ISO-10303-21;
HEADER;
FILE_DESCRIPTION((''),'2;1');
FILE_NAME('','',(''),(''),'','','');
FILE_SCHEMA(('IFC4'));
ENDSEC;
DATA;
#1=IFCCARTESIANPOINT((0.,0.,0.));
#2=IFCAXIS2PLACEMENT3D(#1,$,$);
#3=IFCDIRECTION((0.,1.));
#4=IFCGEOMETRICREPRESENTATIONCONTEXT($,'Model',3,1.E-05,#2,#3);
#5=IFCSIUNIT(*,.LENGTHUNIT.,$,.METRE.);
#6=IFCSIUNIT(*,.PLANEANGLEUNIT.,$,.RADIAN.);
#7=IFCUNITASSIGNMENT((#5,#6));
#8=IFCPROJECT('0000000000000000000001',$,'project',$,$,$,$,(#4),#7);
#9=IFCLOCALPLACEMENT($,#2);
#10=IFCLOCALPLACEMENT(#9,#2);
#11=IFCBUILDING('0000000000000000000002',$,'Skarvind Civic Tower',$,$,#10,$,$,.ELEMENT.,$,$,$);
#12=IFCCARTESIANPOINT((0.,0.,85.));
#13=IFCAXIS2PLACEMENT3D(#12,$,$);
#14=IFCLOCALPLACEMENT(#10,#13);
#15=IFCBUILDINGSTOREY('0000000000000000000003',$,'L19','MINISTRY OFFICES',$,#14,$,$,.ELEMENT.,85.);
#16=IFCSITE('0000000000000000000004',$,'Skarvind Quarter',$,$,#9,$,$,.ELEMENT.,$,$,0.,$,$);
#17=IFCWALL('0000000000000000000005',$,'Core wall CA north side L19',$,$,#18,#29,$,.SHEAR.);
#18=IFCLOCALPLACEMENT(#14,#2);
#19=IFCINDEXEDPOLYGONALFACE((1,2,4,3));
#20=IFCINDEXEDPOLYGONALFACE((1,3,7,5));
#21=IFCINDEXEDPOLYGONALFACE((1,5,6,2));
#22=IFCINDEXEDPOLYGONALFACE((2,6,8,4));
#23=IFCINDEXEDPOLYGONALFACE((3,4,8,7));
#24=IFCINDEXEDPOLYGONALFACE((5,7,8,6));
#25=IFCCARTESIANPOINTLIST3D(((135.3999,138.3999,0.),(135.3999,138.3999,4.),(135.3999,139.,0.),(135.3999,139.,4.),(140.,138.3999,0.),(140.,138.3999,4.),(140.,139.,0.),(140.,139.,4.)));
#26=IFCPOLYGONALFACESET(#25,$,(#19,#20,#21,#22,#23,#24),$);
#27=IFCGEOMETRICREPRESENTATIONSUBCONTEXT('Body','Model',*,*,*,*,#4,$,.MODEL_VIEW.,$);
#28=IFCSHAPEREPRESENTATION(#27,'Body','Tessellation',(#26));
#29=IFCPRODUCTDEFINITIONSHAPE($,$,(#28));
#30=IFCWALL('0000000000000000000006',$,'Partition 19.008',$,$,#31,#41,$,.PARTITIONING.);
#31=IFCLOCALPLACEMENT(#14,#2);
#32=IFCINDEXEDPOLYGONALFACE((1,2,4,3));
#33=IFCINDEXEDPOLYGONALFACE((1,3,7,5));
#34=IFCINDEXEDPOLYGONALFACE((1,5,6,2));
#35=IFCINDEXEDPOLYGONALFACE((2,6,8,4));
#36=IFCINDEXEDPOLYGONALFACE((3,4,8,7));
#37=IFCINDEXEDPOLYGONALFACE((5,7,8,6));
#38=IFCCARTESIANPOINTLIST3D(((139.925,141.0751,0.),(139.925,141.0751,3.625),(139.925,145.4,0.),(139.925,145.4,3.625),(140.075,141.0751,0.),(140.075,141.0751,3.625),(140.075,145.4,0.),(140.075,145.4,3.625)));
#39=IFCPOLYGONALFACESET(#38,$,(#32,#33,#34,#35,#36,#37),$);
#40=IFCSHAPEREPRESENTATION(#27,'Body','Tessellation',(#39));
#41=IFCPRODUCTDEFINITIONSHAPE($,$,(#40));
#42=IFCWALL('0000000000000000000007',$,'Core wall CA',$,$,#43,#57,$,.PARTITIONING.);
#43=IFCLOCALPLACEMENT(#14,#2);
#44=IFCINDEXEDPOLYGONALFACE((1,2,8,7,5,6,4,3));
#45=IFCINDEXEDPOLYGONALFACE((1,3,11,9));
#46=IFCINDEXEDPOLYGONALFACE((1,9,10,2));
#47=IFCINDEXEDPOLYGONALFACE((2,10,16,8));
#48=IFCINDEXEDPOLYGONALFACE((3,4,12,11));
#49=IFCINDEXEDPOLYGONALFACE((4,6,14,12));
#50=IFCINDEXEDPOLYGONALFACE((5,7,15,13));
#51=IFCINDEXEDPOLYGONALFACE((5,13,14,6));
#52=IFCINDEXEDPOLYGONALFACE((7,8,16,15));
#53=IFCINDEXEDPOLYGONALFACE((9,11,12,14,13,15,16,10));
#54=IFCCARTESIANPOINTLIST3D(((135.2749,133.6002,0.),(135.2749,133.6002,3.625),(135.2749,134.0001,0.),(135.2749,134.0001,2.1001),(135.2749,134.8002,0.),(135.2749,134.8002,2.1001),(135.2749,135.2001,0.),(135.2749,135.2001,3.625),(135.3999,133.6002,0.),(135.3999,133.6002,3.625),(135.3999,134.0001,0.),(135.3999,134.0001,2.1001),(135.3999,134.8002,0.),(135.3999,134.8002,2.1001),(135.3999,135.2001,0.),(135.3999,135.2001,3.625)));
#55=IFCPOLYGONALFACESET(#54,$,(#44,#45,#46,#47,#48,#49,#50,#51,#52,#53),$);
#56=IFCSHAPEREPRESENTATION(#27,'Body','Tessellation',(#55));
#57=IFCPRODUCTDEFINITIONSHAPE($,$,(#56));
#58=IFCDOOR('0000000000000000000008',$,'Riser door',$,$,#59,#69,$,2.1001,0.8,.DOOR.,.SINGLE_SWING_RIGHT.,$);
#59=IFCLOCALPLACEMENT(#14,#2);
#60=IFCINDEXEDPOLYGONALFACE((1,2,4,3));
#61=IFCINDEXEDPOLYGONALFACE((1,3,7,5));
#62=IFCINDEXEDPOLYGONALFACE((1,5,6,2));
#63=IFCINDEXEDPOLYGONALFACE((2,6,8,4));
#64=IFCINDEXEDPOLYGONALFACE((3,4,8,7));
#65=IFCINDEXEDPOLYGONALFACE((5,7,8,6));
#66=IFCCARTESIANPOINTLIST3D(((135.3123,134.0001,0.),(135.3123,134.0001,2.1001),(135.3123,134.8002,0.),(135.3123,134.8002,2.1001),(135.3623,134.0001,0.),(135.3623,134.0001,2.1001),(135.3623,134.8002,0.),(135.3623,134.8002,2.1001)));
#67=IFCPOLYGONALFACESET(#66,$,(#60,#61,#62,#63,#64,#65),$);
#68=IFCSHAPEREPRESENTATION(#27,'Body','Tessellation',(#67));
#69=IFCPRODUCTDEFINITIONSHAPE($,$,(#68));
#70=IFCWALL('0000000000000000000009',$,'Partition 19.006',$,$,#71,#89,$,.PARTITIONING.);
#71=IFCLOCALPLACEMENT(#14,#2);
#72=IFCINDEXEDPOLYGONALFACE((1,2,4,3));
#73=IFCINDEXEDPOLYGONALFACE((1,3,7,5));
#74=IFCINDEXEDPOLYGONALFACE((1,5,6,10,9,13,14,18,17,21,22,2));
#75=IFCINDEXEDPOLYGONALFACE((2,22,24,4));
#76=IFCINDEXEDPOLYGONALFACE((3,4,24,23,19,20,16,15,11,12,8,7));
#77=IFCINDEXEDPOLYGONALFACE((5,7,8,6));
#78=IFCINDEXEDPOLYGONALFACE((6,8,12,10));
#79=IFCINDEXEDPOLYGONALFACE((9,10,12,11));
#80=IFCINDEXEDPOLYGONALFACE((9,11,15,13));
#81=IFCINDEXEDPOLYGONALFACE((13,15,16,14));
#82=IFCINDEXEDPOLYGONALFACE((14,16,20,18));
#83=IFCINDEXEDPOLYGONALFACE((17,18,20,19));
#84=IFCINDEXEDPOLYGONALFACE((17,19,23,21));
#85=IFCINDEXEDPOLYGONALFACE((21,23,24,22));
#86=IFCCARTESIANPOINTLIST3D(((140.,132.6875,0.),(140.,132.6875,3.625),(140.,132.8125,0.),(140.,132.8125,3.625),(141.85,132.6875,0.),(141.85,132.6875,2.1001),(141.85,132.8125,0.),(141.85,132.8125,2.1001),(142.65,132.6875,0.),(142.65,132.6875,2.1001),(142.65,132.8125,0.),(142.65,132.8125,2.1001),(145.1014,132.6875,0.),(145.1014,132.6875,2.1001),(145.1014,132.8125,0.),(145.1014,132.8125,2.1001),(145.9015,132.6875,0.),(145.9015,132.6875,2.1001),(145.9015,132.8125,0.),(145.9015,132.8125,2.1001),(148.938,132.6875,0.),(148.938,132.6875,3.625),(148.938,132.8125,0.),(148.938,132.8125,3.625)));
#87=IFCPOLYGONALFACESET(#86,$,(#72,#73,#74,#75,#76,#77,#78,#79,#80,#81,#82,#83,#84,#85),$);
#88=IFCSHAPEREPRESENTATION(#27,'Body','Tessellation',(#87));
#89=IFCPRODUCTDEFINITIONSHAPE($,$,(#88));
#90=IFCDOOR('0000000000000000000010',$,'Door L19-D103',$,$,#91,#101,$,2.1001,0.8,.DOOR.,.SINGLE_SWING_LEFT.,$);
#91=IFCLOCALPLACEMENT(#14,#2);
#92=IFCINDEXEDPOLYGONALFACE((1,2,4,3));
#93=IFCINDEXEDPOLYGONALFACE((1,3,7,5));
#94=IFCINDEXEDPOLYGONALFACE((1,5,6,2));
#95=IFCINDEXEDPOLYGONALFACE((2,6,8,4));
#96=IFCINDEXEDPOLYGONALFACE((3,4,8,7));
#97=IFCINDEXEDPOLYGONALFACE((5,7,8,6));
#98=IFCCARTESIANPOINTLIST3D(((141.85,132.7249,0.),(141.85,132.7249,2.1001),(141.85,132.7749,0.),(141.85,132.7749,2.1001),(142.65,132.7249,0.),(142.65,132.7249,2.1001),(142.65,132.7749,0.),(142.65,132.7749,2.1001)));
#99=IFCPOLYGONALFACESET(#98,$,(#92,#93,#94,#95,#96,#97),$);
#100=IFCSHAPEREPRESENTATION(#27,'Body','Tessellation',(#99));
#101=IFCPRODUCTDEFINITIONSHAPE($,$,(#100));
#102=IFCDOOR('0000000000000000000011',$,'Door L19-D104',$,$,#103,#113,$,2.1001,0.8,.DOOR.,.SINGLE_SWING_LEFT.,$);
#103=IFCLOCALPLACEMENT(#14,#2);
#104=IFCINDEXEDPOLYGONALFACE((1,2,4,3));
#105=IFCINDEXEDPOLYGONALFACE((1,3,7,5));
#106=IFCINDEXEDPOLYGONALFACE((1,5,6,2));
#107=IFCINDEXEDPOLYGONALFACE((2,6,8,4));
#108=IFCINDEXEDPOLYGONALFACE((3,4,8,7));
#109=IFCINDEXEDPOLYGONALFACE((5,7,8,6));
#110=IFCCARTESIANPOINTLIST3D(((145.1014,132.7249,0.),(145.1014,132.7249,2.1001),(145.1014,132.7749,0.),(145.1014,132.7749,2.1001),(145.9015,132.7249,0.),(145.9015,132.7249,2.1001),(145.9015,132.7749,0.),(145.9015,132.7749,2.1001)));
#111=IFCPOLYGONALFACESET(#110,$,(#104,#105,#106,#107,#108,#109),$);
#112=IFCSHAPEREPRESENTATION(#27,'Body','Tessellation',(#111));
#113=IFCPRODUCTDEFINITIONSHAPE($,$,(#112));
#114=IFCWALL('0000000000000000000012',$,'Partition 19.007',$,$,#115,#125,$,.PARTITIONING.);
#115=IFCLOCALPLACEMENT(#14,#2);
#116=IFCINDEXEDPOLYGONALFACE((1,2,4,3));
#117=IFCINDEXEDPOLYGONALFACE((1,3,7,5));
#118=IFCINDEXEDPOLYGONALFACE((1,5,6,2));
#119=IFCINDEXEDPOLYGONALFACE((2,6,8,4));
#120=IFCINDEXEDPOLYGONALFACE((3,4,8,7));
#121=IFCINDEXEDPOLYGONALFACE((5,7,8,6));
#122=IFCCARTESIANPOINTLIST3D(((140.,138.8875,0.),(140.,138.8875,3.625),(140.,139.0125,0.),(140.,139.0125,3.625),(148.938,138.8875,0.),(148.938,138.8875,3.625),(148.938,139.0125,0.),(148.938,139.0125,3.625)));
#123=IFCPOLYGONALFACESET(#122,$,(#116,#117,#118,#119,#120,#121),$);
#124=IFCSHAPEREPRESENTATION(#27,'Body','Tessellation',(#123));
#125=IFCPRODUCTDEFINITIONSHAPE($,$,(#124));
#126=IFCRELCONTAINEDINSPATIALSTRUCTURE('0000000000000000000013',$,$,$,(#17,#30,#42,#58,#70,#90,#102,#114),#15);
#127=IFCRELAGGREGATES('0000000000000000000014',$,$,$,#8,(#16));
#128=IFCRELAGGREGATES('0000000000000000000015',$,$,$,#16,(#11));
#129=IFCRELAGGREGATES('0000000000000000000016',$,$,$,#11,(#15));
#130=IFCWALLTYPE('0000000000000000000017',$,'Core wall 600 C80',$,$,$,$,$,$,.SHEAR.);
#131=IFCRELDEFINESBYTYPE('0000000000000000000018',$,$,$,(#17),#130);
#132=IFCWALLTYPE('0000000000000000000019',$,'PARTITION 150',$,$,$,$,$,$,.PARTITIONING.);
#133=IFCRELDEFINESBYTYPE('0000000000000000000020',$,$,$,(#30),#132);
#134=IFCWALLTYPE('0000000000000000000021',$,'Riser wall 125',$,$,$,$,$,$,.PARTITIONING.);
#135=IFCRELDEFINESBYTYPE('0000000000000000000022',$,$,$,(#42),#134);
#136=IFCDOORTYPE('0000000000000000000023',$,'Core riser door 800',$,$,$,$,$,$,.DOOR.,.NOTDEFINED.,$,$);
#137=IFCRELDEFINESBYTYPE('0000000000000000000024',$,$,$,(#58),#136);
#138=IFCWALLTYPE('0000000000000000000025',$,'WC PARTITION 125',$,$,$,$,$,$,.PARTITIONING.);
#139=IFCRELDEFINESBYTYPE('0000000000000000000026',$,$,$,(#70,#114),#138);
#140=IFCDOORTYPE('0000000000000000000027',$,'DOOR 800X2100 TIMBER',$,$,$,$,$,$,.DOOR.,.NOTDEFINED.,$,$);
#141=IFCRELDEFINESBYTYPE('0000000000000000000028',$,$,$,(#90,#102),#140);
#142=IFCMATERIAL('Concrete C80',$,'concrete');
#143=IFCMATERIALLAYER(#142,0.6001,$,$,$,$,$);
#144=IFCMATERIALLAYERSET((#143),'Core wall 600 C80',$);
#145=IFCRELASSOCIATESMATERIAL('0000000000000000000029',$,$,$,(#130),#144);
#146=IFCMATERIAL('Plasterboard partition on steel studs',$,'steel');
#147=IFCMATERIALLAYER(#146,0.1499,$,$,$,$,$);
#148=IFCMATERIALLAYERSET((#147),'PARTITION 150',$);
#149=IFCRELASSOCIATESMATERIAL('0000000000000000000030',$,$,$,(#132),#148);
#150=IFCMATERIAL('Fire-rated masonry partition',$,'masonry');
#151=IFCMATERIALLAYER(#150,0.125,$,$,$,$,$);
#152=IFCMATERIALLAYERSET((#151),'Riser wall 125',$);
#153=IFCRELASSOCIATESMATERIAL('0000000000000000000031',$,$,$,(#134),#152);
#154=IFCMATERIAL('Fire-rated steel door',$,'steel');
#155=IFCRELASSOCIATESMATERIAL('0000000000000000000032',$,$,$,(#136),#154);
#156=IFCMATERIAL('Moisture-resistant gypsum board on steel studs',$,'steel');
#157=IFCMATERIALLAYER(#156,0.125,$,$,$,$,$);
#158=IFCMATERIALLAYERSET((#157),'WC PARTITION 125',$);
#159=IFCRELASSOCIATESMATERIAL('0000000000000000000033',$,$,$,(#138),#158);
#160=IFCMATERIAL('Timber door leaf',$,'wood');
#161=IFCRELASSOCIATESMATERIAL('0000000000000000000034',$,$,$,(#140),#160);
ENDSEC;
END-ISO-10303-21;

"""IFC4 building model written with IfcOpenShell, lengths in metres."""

from ifc_helpers import new_model, si_unit, direction, frame, frame_2d, origin, place, context, subcontext, project, spatial, rectangle, extrude, material, layer, layer_set, type_object, element, fill, save


model = new_model("IFC4")

# Units and contexts
model_context = context("Model", 3, precision=1e-05, world=origin(), true_north=direction((0.0, 1.0)))
body_context = subcontext(model_context, "Body", "Model", "MODEL_VIEW")
ifc_project = project(units=[si_unit("LENGTHUNIT", "METRE"), si_unit("PLANEANGLEUNIT", "RADIAN")], contexts=[model_context])

# Site, building, storey
site_placement = place(None, origin())
site = spatial("IfcSite", under=ifc_project, at=site_placement, Name="Skarvind Quarter", CompositionType="ELEMENT", RefElevation=0.0)
building_placement = place(site_placement, origin())
building = spatial("IfcBuilding", under=site, at=building_placement, Name="Skarvind Civic Tower", CompositionType="ELEMENT")
storey_placement = place(building_placement, frame((0.0, 0.0, 85.0)))
storey = spatial("IfcBuildingStorey", under=building, at=storey_placement, Name="L19", Description="MINISTRY OFFICES", CompositionType="ELEMENT", Elevation=85.0)

# Shared definitions
ifc_material_1 = material(Name="Timber door leaf", Category="wood")

# Shared definitions
ifc_material_2 = material(Name="Fire-rated masonry partition", Category="masonry")
ifc_material_3 = material(Name="Fire-rated steel door", Category="steel")
ifc_material_4 = material(Name="Concrete C80", Category="concrete")

# Walls
ifc_layer_1 = layer(ifc_material_4, 0.6001)
ifc_layer_set_1 = layer_set([ifc_layer_1], Name="Core wall 600 C80")
wall_type_1 = type_object("IfcWallType", Name="Core wall 600 C80", PredefinedType="SHEAR", material=ifc_layer_set_1)
wall_1_placement = place(storey_placement, frame((135.3999, 138.7, 0.0), z_axis=(0.0, 0.0, 1.0), x_axis=(1.0, 0.0, 0.0)))
element("IfcWall", 1, at=wall_1_placement, inside=storey, type_object=wall_type_1, Name="Core wall CA north side L19", PredefinedType="SHEAR", context=body_context, shape_type="SweptSolid", body=[
    extrude(rectangle(XDim=4.6001, YDim=0.6001, at=frame_2d((2.3, 0.0))), origin(), (0.0, 0.0, 1.0), 4.0),
])
ifc_material_5 = material(Name="Plasterboard partition on steel studs", Category="steel")
ifc_layer_2 = layer(ifc_material_5, 0.1499)
ifc_layer_set_2 = layer_set([ifc_layer_2], Name="PARTITION 150")
wall_type_2 = type_object("IfcWallType", Name="PARTITION 150", PredefinedType="PARTITIONING", material=ifc_layer_set_2)
wall_2_placement = place(storey_placement, frame((140.0, 141.075, 0.0), z_axis=(0.0, 0.0, 1.0), x_axis=(0.0, 1.0, 0.0)))
element("IfcWall", 2, at=wall_2_placement, inside=storey, type_object=wall_type_2, Name="Partition 19.008", PredefinedType="PARTITIONING", context=body_context, shape_type="SweptSolid", body=[
    extrude(rectangle(XDim=4.325, YDim=0.1499, at=frame_2d((2.1626, 0.0))), origin(), (0.0, 0.0, 1.0), 3.625),
])

# Wall, opening, door
ifc_layer_3 = layer(ifc_material_2, 0.125)
ifc_layer_set_3 = layer_set([ifc_layer_3], Name="Riser wall 125")
wall_type_3 = type_object("IfcWallType", Name="Riser wall 125", PredefinedType="PARTITIONING", material=ifc_layer_set_3)
wall_3_placement = place(storey_placement, frame((135.3374, 135.2, 0.0), z_axis=(0.0, 0.0, 1.0), x_axis=(0.0, -1.0, 0.0)))
wall_3 = element("IfcWall", 3, at=wall_3_placement, inside=storey, type_object=wall_type_3, Name="Core wall CA", PredefinedType="PARTITIONING", context=body_context, shape_type="SweptSolid", body=[
    extrude(rectangle(XDim=1.5999, YDim=0.125, at=frame_2d((0.7998, 0.0))), origin(), (0.0, 0.0, 1.0), 3.625),
])
opening_1_placement = place(wall_3_placement, frame((0.3999, 0.0, 0.0)))
opening_1 = element("IfcOpeningElement", 4, at=opening_1_placement, cuts=wall_3, PredefinedType="OPENING", context=body_context, shape_type="SweptSolid", body=[
    extrude(rectangle(XDim=0.8, YDim=2.1001, at=frame_2d((0.3999, 1.05))), frame((0.0, 0.0725, 0.0), z_axis=(0.0, -1.0, 0.0), x_axis=(1.0, 0.0, 0.0)), (0.0, 0.0, 1.0), 0.145),
])
door_type_1 = type_object("IfcDoorType", Name="Core riser door 800", OperationType="NOTDEFINED", PredefinedType="DOOR", material=ifc_material_3)
door_1_placement = place(opening_1_placement, origin())
door_1 = element("IfcDoor", 5, at=door_1_placement, inside=storey, type_object=door_type_1, Name="Riser door", OperationType="SINGLE_SWING_RIGHT", OverallHeight=2.1001, OverallWidth=0.8, PredefinedType="DOOR", context=body_context, shape_type="SweptSolid", body=[
    extrude(rectangle(XDim=0.8, YDim=2.1001, at=frame_2d((0.3999, 1.05))), frame((0.0, 0.0249, 0.0), z_axis=(0.0, -1.0, 0.0), x_axis=(1.0, 0.0, 0.0)), (0.0, 0.0, 1.0), 0.05),
])
fill(opening_1, door_1)

# Wall, openings, doors
ifc_material_6 = material(Name="Moisture-resistant gypsum board on steel studs", Category="steel")
ifc_layer_4 = layer(ifc_material_6, 0.125)
ifc_layer_set_4 = layer_set([ifc_layer_4], Name="WC PARTITION 125")
wall_type_4 = type_object("IfcWallType", Name="WC PARTITION 125", PredefinedType="PARTITIONING", material=ifc_layer_set_4)
wall_4_placement = place(storey_placement, frame((140.0, 132.75, 0.0), z_axis=(0.0, 0.0, 1.0), x_axis=(1.0, 0.0, 0.0)))
wall_4 = element("IfcWall", 6, at=wall_4_placement, inside=storey, type_object=wall_type_4, Name="Partition 19.006", PredefinedType="PARTITIONING", context=body_context, shape_type="SweptSolid", body=[
    extrude(rectangle(XDim=8.938, YDim=0.125, at=frame_2d((4.469, 0.0))), origin(), (0.0, 0.0, 1.0), 3.625),
])
opening_2_placement = place(wall_4_placement, frame((1.8501, 0.0, 0.0)))
opening_2 = element("IfcOpeningElement", 7, at=opening_2_placement, cuts=wall_4, PredefinedType="OPENING", context=body_context, shape_type="SweptSolid", body=[
    extrude(rectangle(XDim=0.8, YDim=2.1001, at=frame_2d((0.3999, 1.05))), frame((0.0, 0.0725, 0.0), z_axis=(0.0, -1.0, 0.0), x_axis=(1.0, 0.0, 0.0)), (0.0, 0.0, 1.0), 0.145),
])
opening_3_placement = place(wall_4_placement, frame((5.1016, 0.0, 0.0)))
opening_3 = element("IfcOpeningElement", 8, at=opening_3_placement, cuts=wall_4, PredefinedType="OPENING", context=body_context, shape_type="SweptSolid", body=[
    extrude(rectangle(XDim=0.8, YDim=2.1001, at=frame_2d((0.3999, 1.05))), frame((0.0, 0.0725, 0.0), z_axis=(0.0, -1.0, 0.0), x_axis=(1.0, 0.0, 0.0)), (0.0, 0.0, 1.0), 0.145),
])
door_type_2 = type_object("IfcDoorType", Name="DOOR 800X2100 TIMBER", OperationType="NOTDEFINED", PredefinedType="DOOR", material=ifc_material_1)
door_2_placement = place(opening_2_placement, origin())
door_2 = element("IfcDoor", 9, at=door_2_placement, inside=storey, type_object=door_type_2, Name="Door L19-D103", OperationType="SINGLE_SWING_LEFT", OverallHeight=2.1001, OverallWidth=0.8, PredefinedType="DOOR", context=body_context, shape_type="SweptSolid", body=[
    extrude(rectangle(XDim=0.8, YDim=2.1001, at=frame_2d((0.3999, 1.05))), frame((0.0, 0.0249, 0.0), z_axis=(0.0, -1.0, 0.0), x_axis=(1.0, 0.0, 0.0)), (0.0, 0.0, 1.0), 0.05),
])
fill(opening_2, door_2)
door_3_placement = place(opening_3_placement, origin())
door_3 = element("IfcDoor", 10, at=door_3_placement, inside=storey, type_object=door_type_2, Name="Door L19-D104", OperationType="SINGLE_SWING_LEFT", OverallHeight=2.1001, OverallWidth=0.8, PredefinedType="DOOR", context=body_context, shape_type="SweptSolid", body=[
    extrude(rectangle(XDim=0.8, YDim=2.1001, at=frame_2d((0.3999, 1.05))), frame((0.0, 0.0249, 0.0), z_axis=(0.0, -1.0, 0.0), x_axis=(1.0, 0.0, 0.0)), (0.0, 0.0, 1.0), 0.05),
])
fill(opening_3, door_3)

# Wall
wall_5_placement = place(storey_placement, frame((140.0, 138.95, 0.0), z_axis=(0.0, 0.0, 1.0), x_axis=(1.0, 0.0, 0.0)))
element("IfcWall", 11, at=wall_5_placement, inside=storey, type_object=wall_type_4, Name="Partition 19.007", PredefinedType="PARTITIONING", context=body_context, shape_type="SweptSolid", body=[
    extrude(rectangle(XDim=8.938, YDim=0.125, at=frame_2d((4.469, 0.0))), origin(), (0.0, 0.0, 1.0), 3.625),
])

save(model, "model.ifc")
